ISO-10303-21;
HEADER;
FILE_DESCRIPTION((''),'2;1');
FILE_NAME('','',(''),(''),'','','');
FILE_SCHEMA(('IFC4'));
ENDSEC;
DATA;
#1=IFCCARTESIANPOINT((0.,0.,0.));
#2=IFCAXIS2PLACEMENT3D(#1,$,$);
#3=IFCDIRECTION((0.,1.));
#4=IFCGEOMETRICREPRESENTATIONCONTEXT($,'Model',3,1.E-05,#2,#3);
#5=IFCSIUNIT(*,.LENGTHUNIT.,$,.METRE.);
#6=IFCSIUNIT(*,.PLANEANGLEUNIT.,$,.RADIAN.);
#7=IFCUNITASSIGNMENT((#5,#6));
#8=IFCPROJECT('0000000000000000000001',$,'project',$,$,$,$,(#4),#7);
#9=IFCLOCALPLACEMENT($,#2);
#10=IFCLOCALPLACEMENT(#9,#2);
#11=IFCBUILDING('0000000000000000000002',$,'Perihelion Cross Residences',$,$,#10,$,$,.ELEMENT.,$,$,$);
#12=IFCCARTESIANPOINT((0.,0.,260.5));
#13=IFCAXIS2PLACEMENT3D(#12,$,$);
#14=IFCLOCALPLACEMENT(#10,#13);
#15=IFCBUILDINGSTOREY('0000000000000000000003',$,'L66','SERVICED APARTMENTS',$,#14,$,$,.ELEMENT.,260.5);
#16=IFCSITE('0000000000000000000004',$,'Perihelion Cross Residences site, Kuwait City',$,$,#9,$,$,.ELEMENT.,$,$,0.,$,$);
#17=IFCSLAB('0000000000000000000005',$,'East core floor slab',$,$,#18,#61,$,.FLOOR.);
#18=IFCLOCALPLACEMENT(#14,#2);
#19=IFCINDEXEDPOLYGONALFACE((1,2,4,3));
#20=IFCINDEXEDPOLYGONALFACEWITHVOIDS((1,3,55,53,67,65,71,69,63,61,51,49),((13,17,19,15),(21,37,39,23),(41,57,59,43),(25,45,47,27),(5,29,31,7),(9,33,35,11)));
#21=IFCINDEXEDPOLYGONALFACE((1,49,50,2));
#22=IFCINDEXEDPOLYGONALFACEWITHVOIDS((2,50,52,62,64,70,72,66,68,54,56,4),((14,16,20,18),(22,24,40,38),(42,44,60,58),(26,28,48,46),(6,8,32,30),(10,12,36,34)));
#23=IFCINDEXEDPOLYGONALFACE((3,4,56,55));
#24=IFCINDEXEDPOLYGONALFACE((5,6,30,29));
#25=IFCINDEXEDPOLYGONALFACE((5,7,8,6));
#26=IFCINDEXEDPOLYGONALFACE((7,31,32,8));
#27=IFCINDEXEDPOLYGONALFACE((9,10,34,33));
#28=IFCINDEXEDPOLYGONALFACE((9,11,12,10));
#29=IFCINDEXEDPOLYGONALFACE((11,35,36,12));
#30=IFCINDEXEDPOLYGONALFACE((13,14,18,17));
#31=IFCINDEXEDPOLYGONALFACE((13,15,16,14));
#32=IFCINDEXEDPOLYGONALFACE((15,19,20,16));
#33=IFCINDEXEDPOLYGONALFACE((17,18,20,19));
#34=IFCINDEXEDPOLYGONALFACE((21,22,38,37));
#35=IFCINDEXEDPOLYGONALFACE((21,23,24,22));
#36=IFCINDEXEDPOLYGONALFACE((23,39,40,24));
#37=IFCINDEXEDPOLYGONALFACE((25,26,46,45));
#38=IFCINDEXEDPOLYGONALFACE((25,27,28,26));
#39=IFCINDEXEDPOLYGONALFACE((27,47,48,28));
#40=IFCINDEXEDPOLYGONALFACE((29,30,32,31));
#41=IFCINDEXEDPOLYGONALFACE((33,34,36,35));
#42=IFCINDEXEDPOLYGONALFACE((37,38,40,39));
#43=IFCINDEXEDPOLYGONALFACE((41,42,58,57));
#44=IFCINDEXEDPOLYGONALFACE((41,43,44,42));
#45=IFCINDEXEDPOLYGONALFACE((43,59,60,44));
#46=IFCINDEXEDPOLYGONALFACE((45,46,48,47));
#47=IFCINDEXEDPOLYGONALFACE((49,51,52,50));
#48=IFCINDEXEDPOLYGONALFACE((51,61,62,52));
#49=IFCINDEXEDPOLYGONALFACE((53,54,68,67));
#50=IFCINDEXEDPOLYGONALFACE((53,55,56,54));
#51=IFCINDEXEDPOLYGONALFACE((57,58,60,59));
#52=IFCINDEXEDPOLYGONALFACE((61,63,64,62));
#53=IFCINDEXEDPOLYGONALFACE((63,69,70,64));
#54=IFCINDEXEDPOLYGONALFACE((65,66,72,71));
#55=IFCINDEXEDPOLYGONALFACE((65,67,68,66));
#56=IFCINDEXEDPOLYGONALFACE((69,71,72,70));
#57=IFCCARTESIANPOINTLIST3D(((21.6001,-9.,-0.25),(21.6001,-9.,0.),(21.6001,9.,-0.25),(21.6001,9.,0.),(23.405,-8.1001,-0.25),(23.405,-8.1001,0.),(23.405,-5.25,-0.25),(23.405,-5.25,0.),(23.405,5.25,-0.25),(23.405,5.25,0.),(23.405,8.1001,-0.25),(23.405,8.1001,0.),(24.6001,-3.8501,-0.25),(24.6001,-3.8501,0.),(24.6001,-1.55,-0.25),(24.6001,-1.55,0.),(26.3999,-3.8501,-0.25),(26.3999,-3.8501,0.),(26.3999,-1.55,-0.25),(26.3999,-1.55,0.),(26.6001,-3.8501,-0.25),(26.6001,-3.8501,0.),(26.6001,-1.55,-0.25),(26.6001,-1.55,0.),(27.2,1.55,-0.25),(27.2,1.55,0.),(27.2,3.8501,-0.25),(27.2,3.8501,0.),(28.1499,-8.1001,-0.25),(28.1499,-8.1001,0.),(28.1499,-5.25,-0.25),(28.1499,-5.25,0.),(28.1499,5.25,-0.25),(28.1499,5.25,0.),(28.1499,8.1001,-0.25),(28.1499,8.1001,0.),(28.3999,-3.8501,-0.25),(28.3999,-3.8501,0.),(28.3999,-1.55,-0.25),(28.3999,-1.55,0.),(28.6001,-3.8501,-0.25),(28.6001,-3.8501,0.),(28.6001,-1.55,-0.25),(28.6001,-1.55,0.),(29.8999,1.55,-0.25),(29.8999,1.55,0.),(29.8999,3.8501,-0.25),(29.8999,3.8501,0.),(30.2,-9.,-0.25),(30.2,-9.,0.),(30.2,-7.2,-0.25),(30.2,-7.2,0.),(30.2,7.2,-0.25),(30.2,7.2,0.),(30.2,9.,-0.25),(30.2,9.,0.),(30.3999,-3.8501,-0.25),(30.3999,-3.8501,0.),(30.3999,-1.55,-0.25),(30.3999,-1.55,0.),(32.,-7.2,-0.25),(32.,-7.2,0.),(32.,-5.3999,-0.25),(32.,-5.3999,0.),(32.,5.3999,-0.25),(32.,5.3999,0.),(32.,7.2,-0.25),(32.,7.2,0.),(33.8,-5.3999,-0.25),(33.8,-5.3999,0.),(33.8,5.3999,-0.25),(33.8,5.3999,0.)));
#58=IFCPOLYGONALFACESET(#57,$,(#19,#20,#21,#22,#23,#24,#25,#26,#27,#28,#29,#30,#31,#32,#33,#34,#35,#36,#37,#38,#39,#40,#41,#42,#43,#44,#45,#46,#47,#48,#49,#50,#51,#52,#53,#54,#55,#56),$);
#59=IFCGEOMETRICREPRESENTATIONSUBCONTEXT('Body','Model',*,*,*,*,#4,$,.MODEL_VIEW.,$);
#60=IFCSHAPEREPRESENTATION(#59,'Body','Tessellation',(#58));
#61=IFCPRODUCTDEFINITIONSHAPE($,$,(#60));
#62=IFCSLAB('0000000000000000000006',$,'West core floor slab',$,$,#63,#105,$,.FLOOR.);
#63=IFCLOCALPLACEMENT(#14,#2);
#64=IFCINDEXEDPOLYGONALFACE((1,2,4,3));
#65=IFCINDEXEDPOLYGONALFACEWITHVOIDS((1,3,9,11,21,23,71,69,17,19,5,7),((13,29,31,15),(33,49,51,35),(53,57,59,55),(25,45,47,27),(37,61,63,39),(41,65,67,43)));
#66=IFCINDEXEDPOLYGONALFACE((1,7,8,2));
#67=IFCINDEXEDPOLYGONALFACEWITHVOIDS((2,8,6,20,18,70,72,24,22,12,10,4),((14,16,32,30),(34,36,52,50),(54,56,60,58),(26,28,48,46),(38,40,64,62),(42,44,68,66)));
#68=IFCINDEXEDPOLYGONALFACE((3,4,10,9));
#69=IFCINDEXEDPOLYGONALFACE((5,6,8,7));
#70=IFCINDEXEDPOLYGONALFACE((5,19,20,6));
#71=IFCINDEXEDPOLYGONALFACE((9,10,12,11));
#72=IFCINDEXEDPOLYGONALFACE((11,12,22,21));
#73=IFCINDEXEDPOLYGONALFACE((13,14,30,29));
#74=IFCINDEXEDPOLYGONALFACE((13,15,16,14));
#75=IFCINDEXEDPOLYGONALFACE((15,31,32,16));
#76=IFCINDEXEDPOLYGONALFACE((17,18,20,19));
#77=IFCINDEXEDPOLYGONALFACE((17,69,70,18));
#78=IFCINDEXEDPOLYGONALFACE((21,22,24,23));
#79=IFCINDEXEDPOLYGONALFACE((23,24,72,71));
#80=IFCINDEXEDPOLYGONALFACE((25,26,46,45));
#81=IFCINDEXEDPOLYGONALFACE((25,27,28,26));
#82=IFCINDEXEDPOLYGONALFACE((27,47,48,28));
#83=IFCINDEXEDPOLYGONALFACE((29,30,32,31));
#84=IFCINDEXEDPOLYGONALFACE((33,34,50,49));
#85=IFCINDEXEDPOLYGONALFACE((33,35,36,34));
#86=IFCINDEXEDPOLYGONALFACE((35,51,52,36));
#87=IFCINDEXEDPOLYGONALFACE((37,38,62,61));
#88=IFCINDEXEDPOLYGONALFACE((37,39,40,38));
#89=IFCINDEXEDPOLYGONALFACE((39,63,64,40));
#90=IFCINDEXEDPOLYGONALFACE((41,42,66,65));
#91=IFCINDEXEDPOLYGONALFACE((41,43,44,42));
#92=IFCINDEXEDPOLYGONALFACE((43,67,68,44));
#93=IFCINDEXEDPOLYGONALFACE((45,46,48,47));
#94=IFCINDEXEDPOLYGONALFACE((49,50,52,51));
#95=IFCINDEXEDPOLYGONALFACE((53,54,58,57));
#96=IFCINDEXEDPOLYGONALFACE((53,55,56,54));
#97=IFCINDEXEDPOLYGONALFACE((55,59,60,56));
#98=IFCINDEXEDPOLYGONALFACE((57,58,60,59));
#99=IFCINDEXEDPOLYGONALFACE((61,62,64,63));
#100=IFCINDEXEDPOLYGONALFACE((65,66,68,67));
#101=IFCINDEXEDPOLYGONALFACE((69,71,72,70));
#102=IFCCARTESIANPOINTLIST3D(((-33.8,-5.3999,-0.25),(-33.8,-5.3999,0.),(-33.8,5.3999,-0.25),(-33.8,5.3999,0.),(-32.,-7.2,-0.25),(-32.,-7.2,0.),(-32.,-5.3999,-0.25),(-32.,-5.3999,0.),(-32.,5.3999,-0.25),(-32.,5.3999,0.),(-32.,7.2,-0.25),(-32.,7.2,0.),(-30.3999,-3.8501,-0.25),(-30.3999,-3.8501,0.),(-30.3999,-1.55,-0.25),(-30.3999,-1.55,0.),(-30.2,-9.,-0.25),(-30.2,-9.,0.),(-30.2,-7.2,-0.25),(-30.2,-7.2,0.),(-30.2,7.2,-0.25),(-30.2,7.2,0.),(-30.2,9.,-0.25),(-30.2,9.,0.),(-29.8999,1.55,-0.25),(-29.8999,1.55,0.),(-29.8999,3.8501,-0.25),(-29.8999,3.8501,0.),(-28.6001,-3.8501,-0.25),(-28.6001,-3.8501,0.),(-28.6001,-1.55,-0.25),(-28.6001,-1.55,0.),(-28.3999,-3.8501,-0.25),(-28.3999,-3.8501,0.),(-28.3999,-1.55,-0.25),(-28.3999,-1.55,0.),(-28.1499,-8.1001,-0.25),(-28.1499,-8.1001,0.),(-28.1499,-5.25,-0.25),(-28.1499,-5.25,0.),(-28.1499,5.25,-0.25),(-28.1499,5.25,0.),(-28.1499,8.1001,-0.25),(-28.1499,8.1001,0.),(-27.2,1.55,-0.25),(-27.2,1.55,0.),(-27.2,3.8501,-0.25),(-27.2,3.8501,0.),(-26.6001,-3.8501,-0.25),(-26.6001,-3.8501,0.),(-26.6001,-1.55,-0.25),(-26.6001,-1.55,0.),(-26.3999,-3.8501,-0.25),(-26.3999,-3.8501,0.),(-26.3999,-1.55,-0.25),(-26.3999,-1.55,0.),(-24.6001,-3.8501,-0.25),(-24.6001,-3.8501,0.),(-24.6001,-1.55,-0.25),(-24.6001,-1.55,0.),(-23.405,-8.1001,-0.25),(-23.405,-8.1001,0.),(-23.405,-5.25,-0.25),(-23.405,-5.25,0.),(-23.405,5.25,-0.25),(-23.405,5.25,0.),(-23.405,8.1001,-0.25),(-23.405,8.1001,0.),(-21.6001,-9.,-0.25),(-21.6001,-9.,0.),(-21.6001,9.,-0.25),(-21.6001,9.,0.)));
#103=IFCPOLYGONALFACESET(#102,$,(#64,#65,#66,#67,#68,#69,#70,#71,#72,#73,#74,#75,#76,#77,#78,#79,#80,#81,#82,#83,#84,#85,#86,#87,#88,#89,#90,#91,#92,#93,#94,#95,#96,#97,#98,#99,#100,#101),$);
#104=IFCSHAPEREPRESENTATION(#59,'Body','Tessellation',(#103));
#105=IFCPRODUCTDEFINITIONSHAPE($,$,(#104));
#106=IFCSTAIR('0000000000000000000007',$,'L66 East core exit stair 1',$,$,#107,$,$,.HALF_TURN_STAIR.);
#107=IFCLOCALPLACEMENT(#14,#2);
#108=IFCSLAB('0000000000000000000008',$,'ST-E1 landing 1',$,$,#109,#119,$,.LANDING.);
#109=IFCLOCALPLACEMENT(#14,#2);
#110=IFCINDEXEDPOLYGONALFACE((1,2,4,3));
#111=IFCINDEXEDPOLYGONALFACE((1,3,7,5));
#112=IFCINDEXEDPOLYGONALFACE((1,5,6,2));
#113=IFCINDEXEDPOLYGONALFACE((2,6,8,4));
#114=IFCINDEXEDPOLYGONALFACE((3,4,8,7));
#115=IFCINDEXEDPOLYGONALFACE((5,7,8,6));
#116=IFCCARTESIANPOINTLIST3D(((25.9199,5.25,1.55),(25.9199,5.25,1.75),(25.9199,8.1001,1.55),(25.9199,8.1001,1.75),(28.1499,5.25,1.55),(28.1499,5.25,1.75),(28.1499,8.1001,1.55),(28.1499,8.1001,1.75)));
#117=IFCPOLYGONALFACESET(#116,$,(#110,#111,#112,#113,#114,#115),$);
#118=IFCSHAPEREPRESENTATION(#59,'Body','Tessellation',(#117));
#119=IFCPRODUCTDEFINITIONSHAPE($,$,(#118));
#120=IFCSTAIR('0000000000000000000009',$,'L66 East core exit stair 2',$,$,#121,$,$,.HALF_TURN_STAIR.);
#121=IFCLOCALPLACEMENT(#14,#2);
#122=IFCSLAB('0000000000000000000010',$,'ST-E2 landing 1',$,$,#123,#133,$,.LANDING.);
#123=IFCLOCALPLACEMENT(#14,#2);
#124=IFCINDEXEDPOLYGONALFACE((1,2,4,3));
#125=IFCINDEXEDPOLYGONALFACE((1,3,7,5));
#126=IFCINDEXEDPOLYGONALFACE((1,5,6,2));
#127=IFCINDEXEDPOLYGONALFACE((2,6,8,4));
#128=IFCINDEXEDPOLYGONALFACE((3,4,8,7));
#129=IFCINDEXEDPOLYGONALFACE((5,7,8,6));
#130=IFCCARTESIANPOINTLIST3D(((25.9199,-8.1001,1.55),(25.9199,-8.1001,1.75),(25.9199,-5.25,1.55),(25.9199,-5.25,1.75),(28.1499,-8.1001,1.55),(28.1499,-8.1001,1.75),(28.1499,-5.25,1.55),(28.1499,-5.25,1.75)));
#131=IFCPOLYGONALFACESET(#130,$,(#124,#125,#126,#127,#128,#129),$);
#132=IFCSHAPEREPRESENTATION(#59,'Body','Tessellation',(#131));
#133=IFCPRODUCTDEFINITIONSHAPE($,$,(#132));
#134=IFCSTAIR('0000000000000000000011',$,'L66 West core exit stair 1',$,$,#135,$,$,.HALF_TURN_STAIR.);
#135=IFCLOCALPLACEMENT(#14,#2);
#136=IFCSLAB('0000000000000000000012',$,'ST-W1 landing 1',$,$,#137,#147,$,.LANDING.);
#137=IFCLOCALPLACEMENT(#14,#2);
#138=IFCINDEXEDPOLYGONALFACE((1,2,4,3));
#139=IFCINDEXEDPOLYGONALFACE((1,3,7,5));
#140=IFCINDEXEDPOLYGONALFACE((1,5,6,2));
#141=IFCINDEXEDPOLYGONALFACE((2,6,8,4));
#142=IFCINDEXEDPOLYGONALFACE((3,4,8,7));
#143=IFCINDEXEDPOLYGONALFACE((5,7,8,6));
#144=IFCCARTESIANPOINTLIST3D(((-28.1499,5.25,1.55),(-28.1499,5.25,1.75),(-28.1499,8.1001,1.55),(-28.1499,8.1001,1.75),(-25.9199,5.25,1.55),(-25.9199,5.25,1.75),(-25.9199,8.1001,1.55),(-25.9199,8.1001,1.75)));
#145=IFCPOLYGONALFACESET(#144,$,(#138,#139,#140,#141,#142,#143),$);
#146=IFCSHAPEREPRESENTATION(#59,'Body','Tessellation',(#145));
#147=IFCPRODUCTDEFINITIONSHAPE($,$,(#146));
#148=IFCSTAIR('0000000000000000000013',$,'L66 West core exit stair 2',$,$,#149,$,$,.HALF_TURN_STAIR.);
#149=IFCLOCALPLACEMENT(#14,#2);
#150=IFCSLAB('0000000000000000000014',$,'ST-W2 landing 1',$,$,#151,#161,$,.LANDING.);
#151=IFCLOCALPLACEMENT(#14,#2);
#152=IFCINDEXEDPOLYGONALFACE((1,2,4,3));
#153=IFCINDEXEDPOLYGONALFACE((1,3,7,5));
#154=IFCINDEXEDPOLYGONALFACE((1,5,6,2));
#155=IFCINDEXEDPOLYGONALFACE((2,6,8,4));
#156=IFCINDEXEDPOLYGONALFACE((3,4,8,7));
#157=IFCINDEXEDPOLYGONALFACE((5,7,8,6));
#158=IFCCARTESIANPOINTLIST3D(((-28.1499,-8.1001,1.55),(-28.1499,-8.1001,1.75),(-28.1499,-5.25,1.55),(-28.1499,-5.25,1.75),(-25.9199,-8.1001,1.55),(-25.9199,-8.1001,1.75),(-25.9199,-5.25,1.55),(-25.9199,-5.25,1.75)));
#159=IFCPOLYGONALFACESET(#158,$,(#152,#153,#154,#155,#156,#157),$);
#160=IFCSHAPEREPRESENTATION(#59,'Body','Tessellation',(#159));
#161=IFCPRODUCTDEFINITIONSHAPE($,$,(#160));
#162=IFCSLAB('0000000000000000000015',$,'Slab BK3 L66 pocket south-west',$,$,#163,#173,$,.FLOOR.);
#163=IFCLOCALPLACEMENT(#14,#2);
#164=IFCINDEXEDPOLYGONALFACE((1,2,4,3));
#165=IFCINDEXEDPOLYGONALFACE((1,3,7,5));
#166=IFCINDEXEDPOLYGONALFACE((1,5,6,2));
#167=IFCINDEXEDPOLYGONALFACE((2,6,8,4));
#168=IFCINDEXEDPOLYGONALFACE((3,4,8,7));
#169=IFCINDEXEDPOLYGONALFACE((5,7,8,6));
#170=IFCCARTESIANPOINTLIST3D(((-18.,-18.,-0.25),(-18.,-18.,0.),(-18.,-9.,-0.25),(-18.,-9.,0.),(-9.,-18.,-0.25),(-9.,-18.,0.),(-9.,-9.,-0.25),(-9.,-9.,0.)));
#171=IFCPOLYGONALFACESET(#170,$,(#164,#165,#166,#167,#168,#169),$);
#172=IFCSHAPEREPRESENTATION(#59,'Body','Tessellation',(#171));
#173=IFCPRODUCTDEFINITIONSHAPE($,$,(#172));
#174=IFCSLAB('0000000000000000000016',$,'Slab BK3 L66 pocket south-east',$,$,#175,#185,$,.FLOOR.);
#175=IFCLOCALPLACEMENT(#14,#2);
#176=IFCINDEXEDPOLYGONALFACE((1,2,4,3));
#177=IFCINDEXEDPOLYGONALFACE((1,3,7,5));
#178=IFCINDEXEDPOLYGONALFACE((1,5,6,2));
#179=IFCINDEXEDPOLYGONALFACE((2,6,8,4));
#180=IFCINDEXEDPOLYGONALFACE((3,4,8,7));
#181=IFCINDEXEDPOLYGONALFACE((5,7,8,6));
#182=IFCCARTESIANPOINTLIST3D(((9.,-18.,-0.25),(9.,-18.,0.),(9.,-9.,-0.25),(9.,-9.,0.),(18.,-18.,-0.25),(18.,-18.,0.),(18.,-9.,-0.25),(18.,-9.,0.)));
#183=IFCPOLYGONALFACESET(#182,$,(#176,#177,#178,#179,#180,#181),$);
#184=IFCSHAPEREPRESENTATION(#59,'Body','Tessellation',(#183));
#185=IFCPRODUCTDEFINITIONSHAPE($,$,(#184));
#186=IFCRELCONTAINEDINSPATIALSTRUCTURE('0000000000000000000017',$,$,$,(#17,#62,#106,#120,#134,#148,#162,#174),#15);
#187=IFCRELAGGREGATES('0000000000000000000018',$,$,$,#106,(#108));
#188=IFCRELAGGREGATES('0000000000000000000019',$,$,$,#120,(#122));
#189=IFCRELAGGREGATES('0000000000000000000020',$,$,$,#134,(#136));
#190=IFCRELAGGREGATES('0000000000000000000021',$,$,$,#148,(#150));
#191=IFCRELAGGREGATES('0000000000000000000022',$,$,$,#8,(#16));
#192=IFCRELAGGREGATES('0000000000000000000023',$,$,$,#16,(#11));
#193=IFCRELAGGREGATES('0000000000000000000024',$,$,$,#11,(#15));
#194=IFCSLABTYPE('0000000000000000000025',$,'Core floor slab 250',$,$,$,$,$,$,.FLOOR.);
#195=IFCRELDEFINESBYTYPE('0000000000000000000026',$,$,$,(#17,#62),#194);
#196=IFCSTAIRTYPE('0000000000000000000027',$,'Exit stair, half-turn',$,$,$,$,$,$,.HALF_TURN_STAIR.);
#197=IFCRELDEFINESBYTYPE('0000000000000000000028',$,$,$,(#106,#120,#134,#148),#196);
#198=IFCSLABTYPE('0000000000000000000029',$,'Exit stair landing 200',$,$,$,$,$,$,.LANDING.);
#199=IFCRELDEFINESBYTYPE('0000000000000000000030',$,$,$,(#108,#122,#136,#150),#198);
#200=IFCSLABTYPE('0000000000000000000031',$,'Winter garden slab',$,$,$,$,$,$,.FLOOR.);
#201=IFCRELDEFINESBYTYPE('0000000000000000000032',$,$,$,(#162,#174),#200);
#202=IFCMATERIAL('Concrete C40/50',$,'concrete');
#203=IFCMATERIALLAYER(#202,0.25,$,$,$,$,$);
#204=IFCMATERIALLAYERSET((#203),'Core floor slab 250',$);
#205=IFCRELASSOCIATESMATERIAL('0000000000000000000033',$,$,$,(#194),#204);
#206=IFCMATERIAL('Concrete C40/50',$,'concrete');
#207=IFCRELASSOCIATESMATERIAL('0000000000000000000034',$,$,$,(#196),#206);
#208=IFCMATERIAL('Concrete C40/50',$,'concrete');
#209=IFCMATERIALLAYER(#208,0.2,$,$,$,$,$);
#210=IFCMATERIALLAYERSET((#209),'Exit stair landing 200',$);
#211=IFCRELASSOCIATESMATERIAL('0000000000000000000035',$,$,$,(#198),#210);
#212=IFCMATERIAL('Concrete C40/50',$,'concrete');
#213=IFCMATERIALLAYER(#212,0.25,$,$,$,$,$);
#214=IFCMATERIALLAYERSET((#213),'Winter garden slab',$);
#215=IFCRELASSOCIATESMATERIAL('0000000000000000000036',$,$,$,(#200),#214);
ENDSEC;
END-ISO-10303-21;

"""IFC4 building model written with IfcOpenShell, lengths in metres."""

from ifc_helpers import new_model, si_unit, direction, frame, origin, place, context, subcontext, project, spatial, polyline, outline, extrude, material, layer, layer_set, type_object, element, aggregate, save


model = new_model("IFC4")

# Units and contexts
model_context = context("Model", 3, precision=1e-05, world=origin(), true_north=direction((0.0, 1.0)))
body_context = subcontext(model_context, "Body", "Model", "MODEL_VIEW")
ifc_project = project(units=[si_unit("LENGTHUNIT", "METRE"), si_unit("PLANEANGLEUNIT", "RADIAN")], contexts=[model_context])

# Site, building, storey
site_placement = place(None, origin())
site = spatial("IfcSite", under=ifc_project, at=site_placement, Name="Perihelion Cross Residences site, Kuwait City", CompositionType="ELEMENT", RefElevation=0.0)
building_placement = place(site_placement, origin())
building = spatial("IfcBuilding", under=site, at=building_placement, Name="Perihelion Cross Residences", CompositionType="ELEMENT")
storey_placement = place(building_placement, frame((0.0, 0.0, 260.5)))
storey = spatial("IfcBuildingStorey", under=building, at=storey_placement, Name="L66", Description="SERVICED APARTMENTS", CompositionType="ELEMENT", Elevation=260.5)

# Slabs
ifc_material_1 = material(Name="Concrete C40/50", Category="concrete")
ifc_layer_1 = layer(ifc_material_1, 0.25)
ifc_layer_set_1 = layer_set([ifc_layer_1], Name="Core floor slab 250")
slab_type_1 = type_object("IfcSlabType", Name="Core floor slab 250", PredefinedType="FLOOR", material=ifc_layer_set_1)
slab_1_placement = place(storey_placement, frame((0.0, 0.0, -0.25)))
element("IfcSlab", 1, at=slab_1_placement, inside=storey, type_object=slab_type_1, Name="East core floor slab", PredefinedType="FLOOR", context=body_context, shape_type="SweptSolid", body=[
    extrude(outline(polyline([(30.2, 7.2), (32.0, 7.2), (32.0, 5.3999), (33.8, 5.3999), (33.8, -5.3999), (32.0, -5.3999), (32.0, -7.2), (30.2, -7.2), (30.2, -9.0), (21.6001, -9.0), (21.6001, 9.0), (30.2, 9.0), (30.2, 7.2)]), holes=[polyline([(28.1499, -8.1001), (28.1499, -5.25), (23.405, -5.25), (23.405, -8.1001), (28.1499, -8.1001)]), polyline([(24.6001, -1.55), (24.6001, -3.8501), (26.3999, -3.8501), (26.3999, -1.55), (24.6001, -1.55)]), polyline([(26.6001, -1.55), (26.6001, -3.8501), (28.3999, -3.8501), (28.3999, -1.55), (26.6001, -1.55)]), polyline([(28.6001, -3.8501), (30.3999, -3.8501), (30.3999, -1.55), (28.6001, -1.55), (28.6001, -3.8501)]), polyline([(27.2, 3.8501), (27.2, 1.55), (29.8999, 1.55), (29.8999, 3.8501), (27.2, 3.8501)]), polyline([(23.405, 5.25), (28.1499, 5.25), (28.1499, 8.1001), (23.405, 8.1001), (23.405, 5.25)])]), origin(), (0.0, 0.0, 1.0), 0.25),
])
slab_2_placement = place(storey_placement, frame((0.0, 0.0, -0.25)))
element("IfcSlab", 2, at=slab_2_placement, inside=storey, type_object=slab_type_1, Name="West core floor slab", PredefinedType="FLOOR", context=body_context, shape_type="SweptSolid", body=[
    extrude(outline(polyline([(-30.2, 7.2), (-32.0, 7.2), (-32.0, 5.3999), (-33.8, 5.3999), (-33.8, -5.3999), (-32.0, -5.3999), (-32.0, -7.2), (-30.2, -7.2), (-30.2, -9.0), (-21.6001, -9.0), (-21.6001, 9.0), (-30.2, 9.0), (-30.2, 7.2)]), holes=[polyline([(-28.1499, -8.1001), (-28.1499, -5.25), (-23.405, -5.25), (-23.405, -8.1001), (-28.1499, -8.1001)]), polyline([(-24.6001, -1.55), (-24.6001, -3.8501), (-26.3999, -3.8501), (-26.3999, -1.55), (-24.6001, -1.55)]), polyline([(-26.6001, -1.55), (-26.6001, -3.8501), (-28.3999, -3.8501), (-28.3999, -1.55), (-26.6001, -1.55)]), polyline([(-28.6001, -3.8501), (-30.3999, -3.8501), (-30.3999, -1.55), (-28.6001, -1.55), (-28.6001, -3.8501)]), polyline([(-27.2, 3.8501), (-27.2, 1.55), (-29.8999, 1.55), (-29.8999, 3.8501), (-27.2, 3.8501)]), polyline([(-23.405, 5.25), (-28.1499, 5.25), (-28.1499, 8.1001), (-23.405, 8.1001), (-23.405, 5.25)])]), origin(), (0.0, 0.0, 1.0), 0.25),
])

# Stairs, slabs
ifc_material_2 = material(Name="Concrete C40/50", Category="concrete")
stair_type = type_object("IfcStairType", Name="Exit stair, half-turn", PredefinedType="HALF_TURN_STAIR", material=ifc_material_2)
stair_1_placement = place(storey_placement, origin())
stair_1 = element("IfcStair", 3, at=stair_1_placement, inside=storey, type_object=stair_type, Name="L66 East core exit stair 1", PredefinedType="HALF_TURN_STAIR")
ifc_material_3 = material(Name="Concrete C40/50", Category="concrete")
ifc_layer_2 = layer(ifc_material_3, 0.2)
ifc_layer_set_2 = layer_set([ifc_layer_2], Name="Exit stair landing 200")
slab_type_2 = type_object("IfcSlabType", Name="Exit stair landing 200", PredefinedType="LANDING", material=ifc_layer_set_2)
slab_3_placement = place(storey_placement, frame((0.0, 0.0, 1.55)))
slab_3 = element("IfcSlab", 4, at=slab_3_placement, type_object=slab_type_2, Name="ST-E1 landing 1", PredefinedType="LANDING", context=body_context, shape_type="SweptSolid", body=[
    extrude(outline(polyline([(25.9199, 5.25), (28.1499, 5.25), (28.1499, 8.1001), (25.9199, 8.1001), (25.9199, 5.25)])), origin(), (0.0, 0.0, 1.0), 0.2),
])
aggregate(stair_1, [slab_3])
stair_2_placement = place(storey_placement, origin())
stair_2 = element("IfcStair", 5, at=stair_2_placement, inside=storey, type_object=stair_type, Name="L66 East core exit stair 2", PredefinedType="HALF_TURN_STAIR")
slab_4_placement = place(storey_placement, frame((0.0, 0.0, 1.55)))
slab_4 = element("IfcSlab", 6, at=slab_4_placement, type_object=slab_type_2, Name="ST-E2 landing 1", PredefinedType="LANDING", context=body_context, shape_type="SweptSolid", body=[
    extrude(outline(polyline([(25.9199, -8.1001), (28.1499, -8.1001), (28.1499, -5.25), (25.9199, -5.25), (25.9199, -8.1001)])), origin(), (0.0, 0.0, 1.0), 0.2),
])
aggregate(stair_2, [slab_4])
stair_3_placement = place(storey_placement, origin())
stair_3 = element("IfcStair", 7, at=stair_3_placement, inside=storey, type_object=stair_type, Name="L66 West core exit stair 1", PredefinedType="HALF_TURN_STAIR")
slab_5_placement = place(storey_placement, frame((0.0, 0.0, 1.55)))
slab_5 = element("IfcSlab", 8, at=slab_5_placement, type_object=slab_type_2, Name="ST-W1 landing 1", PredefinedType="LANDING", context=body_context, shape_type="SweptSolid", body=[
    extrude(outline(polyline([(-25.9199, 8.1001), (-28.1499, 8.1001), (-28.1499, 5.25), (-25.9199, 5.25), (-25.9199, 8.1001)])), origin(), (0.0, 0.0, 1.0), 0.2),
])
aggregate(stair_3, [slab_5])
stair_4_placement = place(storey_placement, origin())
stair_4 = element("IfcStair", 9, at=stair_4_placement, inside=storey, type_object=stair_type, Name="L66 West core exit stair 2", PredefinedType="HALF_TURN_STAIR")
slab_6_placement = place(storey_placement, frame((0.0, 0.0, 1.55)))
slab_6 = element("IfcSlab", 10, at=slab_6_placement, type_object=slab_type_2, Name="ST-W2 landing 1", PredefinedType="LANDING", context=body_context, shape_type="SweptSolid", body=[
    extrude(outline(polyline([(-25.9199, -5.25), (-28.1499, -5.25), (-28.1499, -8.1001), (-25.9199, -8.1001), (-25.9199, -5.25)])), origin(), (0.0, 0.0, 1.0), 0.2),
])
aggregate(stair_4, [slab_6])

# Slabs
ifc_material_4 = material(Name="Concrete C40/50", Category="concrete")
ifc_layer_3 = layer(ifc_material_4, 0.25)
ifc_layer_set_3 = layer_set([ifc_layer_3], Name="Winter garden slab")
slab_type_3 = type_object("IfcSlabType", Name="Winter garden slab", PredefinedType="FLOOR", material=ifc_layer_set_3)
slab_7_placement = place(storey_placement, frame((0.0, 0.0, -0.25)))
element("IfcSlab", 11, at=slab_7_placement, inside=storey, type_object=slab_type_3, Name="Slab BK3 L66 pocket south-west", PredefinedType="FLOOR", context=body_context, shape_type="SweptSolid", body=[
    extrude(outline(polyline([(-9.0, -18.0), (-9.0, -9.0), (-18.0, -9.0), (-18.0, -18.0), (-9.0, -18.0)])), origin(), (0.0, 0.0, 1.0), 0.25),
])
slab_8_placement = place(storey_placement, frame((0.0, 0.0, -0.25)))
element("IfcSlab", 12, at=slab_8_placement, inside=storey, type_object=slab_type_3, Name="Slab BK3 L66 pocket south-east", PredefinedType="FLOOR", context=body_context, shape_type="SweptSolid", body=[
    extrude(outline(polyline([(18.0, -18.0), (18.0, -9.0), (9.0, -9.0), (9.0, -18.0), (18.0, -18.0)])), origin(), (0.0, 0.0, 1.0), 0.25),
])

save(model, "model.ifc")
